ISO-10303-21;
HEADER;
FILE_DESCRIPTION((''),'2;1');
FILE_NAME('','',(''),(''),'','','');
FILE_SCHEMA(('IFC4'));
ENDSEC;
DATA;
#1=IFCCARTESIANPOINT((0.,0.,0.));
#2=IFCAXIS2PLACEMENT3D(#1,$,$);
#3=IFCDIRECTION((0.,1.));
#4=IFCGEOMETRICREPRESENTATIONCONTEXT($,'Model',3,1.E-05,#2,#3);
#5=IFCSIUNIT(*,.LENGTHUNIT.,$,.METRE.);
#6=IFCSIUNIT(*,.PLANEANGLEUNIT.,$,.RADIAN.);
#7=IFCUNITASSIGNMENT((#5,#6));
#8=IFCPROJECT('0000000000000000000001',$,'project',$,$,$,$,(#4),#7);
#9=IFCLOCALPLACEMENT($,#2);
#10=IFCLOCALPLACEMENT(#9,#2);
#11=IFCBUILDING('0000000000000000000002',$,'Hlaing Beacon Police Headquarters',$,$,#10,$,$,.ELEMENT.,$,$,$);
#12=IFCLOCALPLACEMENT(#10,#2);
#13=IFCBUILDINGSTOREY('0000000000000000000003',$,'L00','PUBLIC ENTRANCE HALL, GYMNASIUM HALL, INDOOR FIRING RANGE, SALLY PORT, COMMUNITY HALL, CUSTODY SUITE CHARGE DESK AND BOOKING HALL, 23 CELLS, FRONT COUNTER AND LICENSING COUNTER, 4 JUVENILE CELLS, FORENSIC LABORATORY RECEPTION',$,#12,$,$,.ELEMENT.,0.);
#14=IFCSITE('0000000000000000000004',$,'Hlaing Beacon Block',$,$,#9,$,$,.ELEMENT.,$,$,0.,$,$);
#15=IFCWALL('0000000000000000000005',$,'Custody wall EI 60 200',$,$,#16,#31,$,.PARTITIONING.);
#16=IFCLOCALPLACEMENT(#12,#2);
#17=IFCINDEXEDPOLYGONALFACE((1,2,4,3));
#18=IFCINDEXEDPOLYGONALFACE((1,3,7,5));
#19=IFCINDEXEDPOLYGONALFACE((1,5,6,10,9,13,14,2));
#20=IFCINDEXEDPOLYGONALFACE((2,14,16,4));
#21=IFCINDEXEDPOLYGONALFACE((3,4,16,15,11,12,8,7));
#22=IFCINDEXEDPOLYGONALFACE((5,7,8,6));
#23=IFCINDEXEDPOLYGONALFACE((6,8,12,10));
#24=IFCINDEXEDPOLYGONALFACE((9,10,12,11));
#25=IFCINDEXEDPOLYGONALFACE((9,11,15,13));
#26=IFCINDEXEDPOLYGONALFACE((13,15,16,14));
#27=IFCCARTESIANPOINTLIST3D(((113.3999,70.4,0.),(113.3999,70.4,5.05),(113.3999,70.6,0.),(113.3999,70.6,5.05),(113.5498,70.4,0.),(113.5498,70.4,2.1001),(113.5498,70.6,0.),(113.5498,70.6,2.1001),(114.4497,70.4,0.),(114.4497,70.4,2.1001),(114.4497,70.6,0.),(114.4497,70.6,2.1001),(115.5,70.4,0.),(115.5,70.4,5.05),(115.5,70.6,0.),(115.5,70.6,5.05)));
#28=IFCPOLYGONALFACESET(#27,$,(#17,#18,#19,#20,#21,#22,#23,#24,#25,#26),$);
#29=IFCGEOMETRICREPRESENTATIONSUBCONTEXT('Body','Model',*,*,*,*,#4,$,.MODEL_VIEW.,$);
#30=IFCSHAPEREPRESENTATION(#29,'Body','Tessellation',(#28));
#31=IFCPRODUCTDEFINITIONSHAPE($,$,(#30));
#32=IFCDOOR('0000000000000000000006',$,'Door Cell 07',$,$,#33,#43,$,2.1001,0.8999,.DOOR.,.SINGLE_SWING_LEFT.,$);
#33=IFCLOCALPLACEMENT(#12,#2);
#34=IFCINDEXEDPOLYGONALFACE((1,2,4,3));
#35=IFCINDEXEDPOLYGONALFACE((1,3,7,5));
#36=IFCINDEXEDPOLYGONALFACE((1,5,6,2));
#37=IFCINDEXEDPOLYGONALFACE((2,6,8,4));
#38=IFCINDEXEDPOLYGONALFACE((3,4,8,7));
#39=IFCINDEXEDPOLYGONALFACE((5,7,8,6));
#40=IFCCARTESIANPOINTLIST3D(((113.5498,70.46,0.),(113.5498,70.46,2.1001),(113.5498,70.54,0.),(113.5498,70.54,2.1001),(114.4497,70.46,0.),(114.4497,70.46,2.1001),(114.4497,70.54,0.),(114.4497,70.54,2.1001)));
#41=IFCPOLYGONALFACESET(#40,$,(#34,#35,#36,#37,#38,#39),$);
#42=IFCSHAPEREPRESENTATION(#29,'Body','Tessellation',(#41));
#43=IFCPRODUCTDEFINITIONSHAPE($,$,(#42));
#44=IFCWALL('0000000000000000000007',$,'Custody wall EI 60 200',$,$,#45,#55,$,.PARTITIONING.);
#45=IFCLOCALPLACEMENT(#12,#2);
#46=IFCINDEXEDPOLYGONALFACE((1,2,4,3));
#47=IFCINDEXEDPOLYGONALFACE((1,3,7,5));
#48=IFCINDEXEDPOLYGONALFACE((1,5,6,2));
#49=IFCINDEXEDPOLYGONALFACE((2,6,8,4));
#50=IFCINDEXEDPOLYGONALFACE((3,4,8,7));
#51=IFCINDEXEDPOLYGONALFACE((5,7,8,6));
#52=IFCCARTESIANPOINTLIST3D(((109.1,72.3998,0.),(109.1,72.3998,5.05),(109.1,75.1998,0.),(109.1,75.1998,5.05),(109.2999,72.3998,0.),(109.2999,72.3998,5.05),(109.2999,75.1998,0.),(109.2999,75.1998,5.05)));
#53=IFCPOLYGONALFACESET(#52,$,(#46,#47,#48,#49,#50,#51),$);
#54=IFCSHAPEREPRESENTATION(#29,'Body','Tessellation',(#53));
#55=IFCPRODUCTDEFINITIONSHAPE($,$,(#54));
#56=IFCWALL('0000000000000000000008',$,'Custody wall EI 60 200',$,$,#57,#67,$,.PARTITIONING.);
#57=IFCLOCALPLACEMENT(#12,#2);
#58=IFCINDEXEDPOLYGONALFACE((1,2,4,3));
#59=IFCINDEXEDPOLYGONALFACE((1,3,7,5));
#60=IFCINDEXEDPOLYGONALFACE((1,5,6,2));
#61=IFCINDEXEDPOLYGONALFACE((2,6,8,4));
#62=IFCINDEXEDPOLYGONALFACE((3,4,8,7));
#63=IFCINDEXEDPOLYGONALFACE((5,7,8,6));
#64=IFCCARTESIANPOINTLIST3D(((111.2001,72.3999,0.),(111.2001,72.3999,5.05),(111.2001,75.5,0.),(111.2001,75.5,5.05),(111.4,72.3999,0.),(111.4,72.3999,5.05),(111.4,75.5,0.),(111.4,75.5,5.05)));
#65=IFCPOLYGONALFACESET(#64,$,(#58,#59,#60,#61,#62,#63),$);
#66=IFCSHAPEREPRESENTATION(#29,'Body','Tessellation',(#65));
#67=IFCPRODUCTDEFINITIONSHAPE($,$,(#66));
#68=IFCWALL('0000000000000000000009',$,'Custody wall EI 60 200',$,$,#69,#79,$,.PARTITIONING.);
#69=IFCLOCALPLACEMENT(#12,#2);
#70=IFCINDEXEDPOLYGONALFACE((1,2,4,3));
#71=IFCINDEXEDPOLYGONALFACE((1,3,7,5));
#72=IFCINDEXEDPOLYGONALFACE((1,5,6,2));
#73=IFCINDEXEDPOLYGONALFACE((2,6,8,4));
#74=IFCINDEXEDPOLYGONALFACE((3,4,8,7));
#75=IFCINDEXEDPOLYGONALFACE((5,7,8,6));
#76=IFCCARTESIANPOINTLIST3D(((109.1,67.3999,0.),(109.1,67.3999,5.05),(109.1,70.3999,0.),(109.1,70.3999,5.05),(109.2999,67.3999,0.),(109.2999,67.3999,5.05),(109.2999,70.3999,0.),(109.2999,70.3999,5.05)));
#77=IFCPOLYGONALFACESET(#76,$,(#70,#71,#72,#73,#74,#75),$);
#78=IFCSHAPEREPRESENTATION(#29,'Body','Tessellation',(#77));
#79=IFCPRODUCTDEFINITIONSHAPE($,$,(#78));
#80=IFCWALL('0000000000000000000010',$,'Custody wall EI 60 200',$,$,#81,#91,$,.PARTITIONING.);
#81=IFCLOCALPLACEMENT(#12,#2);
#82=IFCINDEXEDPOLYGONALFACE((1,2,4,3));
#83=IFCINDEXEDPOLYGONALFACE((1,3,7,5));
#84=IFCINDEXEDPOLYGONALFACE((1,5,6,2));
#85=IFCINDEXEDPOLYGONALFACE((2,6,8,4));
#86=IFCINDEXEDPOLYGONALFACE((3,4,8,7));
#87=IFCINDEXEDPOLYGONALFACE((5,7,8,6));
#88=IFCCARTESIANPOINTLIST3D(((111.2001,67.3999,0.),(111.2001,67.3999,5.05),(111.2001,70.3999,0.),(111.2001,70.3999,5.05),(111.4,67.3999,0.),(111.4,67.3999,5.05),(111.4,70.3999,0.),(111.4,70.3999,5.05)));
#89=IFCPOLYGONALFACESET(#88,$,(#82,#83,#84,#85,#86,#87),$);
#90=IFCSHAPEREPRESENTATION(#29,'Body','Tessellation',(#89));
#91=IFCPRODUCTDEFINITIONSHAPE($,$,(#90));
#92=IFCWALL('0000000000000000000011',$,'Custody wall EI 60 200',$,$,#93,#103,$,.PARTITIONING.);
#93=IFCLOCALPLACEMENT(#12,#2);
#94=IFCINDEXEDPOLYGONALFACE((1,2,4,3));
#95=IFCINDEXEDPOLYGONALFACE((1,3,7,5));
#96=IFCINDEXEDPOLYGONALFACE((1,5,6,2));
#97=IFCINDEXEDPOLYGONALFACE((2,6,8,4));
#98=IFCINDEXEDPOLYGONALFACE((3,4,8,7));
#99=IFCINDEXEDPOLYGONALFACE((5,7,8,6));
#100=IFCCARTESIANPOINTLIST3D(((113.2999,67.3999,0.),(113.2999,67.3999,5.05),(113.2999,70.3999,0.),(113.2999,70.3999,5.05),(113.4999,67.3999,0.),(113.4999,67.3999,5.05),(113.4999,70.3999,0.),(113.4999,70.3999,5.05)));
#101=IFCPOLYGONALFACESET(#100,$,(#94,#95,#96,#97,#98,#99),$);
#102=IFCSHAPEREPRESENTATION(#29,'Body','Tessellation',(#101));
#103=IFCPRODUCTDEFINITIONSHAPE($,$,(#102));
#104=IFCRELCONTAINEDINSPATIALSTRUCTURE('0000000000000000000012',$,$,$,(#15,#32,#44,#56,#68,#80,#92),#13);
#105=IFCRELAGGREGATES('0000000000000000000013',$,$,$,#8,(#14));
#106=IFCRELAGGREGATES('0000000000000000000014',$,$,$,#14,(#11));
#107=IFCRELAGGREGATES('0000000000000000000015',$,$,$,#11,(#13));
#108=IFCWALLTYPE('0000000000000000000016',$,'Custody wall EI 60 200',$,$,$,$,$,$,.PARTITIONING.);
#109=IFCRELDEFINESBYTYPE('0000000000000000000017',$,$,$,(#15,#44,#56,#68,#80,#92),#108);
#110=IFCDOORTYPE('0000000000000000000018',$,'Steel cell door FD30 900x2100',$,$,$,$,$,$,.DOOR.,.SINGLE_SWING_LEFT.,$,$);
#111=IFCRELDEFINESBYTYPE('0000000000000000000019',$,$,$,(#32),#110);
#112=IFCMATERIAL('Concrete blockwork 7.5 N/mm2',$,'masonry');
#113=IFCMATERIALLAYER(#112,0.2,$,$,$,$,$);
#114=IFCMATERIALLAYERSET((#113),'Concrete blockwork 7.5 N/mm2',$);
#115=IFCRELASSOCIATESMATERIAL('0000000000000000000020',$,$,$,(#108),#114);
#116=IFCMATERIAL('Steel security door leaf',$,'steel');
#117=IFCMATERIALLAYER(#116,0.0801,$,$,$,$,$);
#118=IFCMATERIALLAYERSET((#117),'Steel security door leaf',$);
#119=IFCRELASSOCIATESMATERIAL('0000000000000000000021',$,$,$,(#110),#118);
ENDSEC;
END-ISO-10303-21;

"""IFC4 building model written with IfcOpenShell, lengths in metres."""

from ifc_helpers import new_model, si_unit, direction, frame, frame_2d, origin, place, context, subcontext, project, spatial, rectangle, extrude, material, layer, layer_set, type_object, element, fill, save


model = new_model("IFC4")

# Units and contexts
model_context = context("Model", 3, precision=1e-05, world=origin(), true_north=direction((0.0, 1.0)))
body_context = subcontext(model_context, "Body", "Model", "MODEL_VIEW")
ifc_project = project(units=[si_unit("LENGTHUNIT", "METRE"), si_unit("PLANEANGLEUNIT", "RADIAN")], contexts=[model_context])

# Site, building, storey
site_placement = place(None, origin())
site = spatial("IfcSite", under=ifc_project, at=site_placement, Name="Hlaing Beacon Block", CompositionType="ELEMENT", RefElevation=0.0)
building_placement = place(site_placement, origin())
building = spatial("IfcBuilding", under=site, at=building_placement, Name="Hlaing Beacon Police Headquarters", CompositionType="ELEMENT")
storey_placement = place(building_placement, origin())
storey = spatial("IfcBuildingStorey", under=building, at=storey_placement, Name="L00", Description="PUBLIC ENTRANCE HALL, GYMNASIUM HALL, INDOOR FIRING RANGE, SALLY PORT, COMMUNITY HALL, CUSTODY SUITE CHARGE DESK AND BOOKING HALL, 23 CELLS, FRONT COUNTER AND LICENSING COUNTER, 4 JUVENILE CELLS, FORENSIC LABORATORY RECEPTION", CompositionType="ELEMENT", Elevation=0.0)

# Shared definitions
ifc_material_1 = material(Name="Concrete blockwork 7.5 N/mm2", Category="masonry")
ifc_layer_1 = layer(ifc_material_1, 0.2)
ifc_layer_set_1 = layer_set([ifc_layer_1], Name="Concrete blockwork 7.5 N/mm2")
wall_type = type_object("IfcWallType", Name="Custody wall EI 60 200", PredefinedType="PARTITIONING", material=ifc_layer_set_1)

# Wall, opening, door
ifc_material_2 = material(Name="Steel security door leaf", Category="steel")
ifc_layer_2 = layer(ifc_material_2, 0.0801)
ifc_layer_set_2 = layer_set([ifc_layer_2], Name="Steel security door leaf")
door_type = type_object("IfcDoorType", Name="Steel cell door FD30 900x2100", OperationType="SINGLE_SWING_LEFT", PredefinedType="DOOR", material=ifc_layer_set_2)
wall_1_placement = place(storey_placement, frame((113.3999, 70.5, 0.0), z_axis=(0.0, 0.0, 1.0), x_axis=(1.0, 0.0, 0.0)))
wall_1 = element("IfcWall", 1, at=wall_1_placement, inside=storey, type_object=wall_type, Name="Custody wall EI 60 200", PredefinedType="PARTITIONING", context=body_context, shape_type="SweptSolid", body=[
    extrude(rectangle(XDim=2.1001, YDim=0.2, at=frame_2d((1.05, 0.0))), origin(), (0.0, 0.0, 1.0), 5.05),
])
opening_1_placement = place(wall_1_placement, frame((0.1499, 0.0, 0.0)))
opening_1 = element("IfcOpeningElement", 2, at=opening_1_placement, cuts=wall_1, PredefinedType="OPENING", context=body_context, shape_type="SweptSolid", body=[
    extrude(rectangle(XDim=0.8999, YDim=2.1001, at=frame_2d((0.45, 1.05))), frame((0.0, 0.1099, 0.0), z_axis=(0.0, -1.0, 0.0), x_axis=(1.0, 0.0, 0.0)), (0.0, 0.0, 1.0), 0.22),
])
door_1_placement = place(opening_1_placement, frame((0.8999, 0.0, 0.0), z_axis=(0.0, 0.0, 1.0), x_axis=(-1.0, 0.0, 0.0)))
door_1 = element("IfcDoor", 3, at=door_1_placement, inside=storey, type_object=door_type, Name="Door Cell 07", OperationType="SINGLE_SWING_LEFT", OverallHeight=2.1001, OverallWidth=0.8999, PredefinedType="DOOR", context=body_context, shape_type="SweptSolid", body=[
    extrude(rectangle(XDim=0.8999, YDim=2.1001, at=frame_2d((0.45, 1.05))), frame((0.0, 0.04, 0.0), z_axis=(0.0, -1.0, 0.0), x_axis=(1.0, 0.0, 0.0)), (0.0, 0.0, 1.0), 0.0801),
])
fill(opening_1, door_1)

# Walls
wall_2_placement = place(storey_placement, frame((109.2, 72.3999, 0.0), z_axis=(0.0, 0.0, 1.0), x_axis=(0.0, 1.0, 0.0)))
element("IfcWall", 4, at=wall_2_placement, inside=storey, type_object=wall_type, Name="Custody wall EI 60 200", PredefinedType="PARTITIONING", context=body_context, shape_type="SweptSolid", body=[
    extrude(rectangle(XDim=2.8, YDim=0.2, at=frame_2d((1.3999, 0.0))), origin(), (0.0, 0.0, 1.0), 5.05),
])
wall_3_placement = place(storey_placement, frame((111.3, 72.3999, 0.0), z_axis=(0.0, 0.0, 1.0), x_axis=(0.0, 1.0, 0.0)))
element("IfcWall", 5, at=wall_3_placement, inside=storey, type_object=wall_type, Name="Custody wall EI 60 200", PredefinedType="PARTITIONING", context=body_context, shape_type="SweptSolid", body=[
    extrude(rectangle(XDim=3.1001, YDim=0.2, at=frame_2d((1.55, 0.0))), origin(), (0.0, 0.0, 1.0), 5.05),
])
for number, where, z_axis, x_axis, name in (
    (6, (109.2, 67.3999, 0.0), (0.0, 0.0, 1.0), (0.0, 1.0, 0.0), "Custody wall EI 60 200"),
    (7, (111.3, 67.3999, 0.0), (0.0, 0.0, 1.0), (0.0, 1.0, 0.0), "Custody wall EI 60 200"),
    (8, (113.3999, 67.3999, 0.0), (0.0, 0.0, 1.0), (0.0, 1.0, 0.0), "Custody wall EI 60 200"),
):
    element("IfcWall", number, at=place(storey_placement, frame(where, z_axis=z_axis, x_axis=x_axis)), inside=storey, type_object=wall_type, Name=name, PredefinedType="PARTITIONING", context=body_context, shape_type="SweptSolid", body=[
        extrude(rectangle(XDim=3.0, YDim=0.2, at=frame_2d((1.5, 0.0))), origin(), (0.0, 0.0, 1.0), 5.05),
    ])

save(model, "model.ifc")
